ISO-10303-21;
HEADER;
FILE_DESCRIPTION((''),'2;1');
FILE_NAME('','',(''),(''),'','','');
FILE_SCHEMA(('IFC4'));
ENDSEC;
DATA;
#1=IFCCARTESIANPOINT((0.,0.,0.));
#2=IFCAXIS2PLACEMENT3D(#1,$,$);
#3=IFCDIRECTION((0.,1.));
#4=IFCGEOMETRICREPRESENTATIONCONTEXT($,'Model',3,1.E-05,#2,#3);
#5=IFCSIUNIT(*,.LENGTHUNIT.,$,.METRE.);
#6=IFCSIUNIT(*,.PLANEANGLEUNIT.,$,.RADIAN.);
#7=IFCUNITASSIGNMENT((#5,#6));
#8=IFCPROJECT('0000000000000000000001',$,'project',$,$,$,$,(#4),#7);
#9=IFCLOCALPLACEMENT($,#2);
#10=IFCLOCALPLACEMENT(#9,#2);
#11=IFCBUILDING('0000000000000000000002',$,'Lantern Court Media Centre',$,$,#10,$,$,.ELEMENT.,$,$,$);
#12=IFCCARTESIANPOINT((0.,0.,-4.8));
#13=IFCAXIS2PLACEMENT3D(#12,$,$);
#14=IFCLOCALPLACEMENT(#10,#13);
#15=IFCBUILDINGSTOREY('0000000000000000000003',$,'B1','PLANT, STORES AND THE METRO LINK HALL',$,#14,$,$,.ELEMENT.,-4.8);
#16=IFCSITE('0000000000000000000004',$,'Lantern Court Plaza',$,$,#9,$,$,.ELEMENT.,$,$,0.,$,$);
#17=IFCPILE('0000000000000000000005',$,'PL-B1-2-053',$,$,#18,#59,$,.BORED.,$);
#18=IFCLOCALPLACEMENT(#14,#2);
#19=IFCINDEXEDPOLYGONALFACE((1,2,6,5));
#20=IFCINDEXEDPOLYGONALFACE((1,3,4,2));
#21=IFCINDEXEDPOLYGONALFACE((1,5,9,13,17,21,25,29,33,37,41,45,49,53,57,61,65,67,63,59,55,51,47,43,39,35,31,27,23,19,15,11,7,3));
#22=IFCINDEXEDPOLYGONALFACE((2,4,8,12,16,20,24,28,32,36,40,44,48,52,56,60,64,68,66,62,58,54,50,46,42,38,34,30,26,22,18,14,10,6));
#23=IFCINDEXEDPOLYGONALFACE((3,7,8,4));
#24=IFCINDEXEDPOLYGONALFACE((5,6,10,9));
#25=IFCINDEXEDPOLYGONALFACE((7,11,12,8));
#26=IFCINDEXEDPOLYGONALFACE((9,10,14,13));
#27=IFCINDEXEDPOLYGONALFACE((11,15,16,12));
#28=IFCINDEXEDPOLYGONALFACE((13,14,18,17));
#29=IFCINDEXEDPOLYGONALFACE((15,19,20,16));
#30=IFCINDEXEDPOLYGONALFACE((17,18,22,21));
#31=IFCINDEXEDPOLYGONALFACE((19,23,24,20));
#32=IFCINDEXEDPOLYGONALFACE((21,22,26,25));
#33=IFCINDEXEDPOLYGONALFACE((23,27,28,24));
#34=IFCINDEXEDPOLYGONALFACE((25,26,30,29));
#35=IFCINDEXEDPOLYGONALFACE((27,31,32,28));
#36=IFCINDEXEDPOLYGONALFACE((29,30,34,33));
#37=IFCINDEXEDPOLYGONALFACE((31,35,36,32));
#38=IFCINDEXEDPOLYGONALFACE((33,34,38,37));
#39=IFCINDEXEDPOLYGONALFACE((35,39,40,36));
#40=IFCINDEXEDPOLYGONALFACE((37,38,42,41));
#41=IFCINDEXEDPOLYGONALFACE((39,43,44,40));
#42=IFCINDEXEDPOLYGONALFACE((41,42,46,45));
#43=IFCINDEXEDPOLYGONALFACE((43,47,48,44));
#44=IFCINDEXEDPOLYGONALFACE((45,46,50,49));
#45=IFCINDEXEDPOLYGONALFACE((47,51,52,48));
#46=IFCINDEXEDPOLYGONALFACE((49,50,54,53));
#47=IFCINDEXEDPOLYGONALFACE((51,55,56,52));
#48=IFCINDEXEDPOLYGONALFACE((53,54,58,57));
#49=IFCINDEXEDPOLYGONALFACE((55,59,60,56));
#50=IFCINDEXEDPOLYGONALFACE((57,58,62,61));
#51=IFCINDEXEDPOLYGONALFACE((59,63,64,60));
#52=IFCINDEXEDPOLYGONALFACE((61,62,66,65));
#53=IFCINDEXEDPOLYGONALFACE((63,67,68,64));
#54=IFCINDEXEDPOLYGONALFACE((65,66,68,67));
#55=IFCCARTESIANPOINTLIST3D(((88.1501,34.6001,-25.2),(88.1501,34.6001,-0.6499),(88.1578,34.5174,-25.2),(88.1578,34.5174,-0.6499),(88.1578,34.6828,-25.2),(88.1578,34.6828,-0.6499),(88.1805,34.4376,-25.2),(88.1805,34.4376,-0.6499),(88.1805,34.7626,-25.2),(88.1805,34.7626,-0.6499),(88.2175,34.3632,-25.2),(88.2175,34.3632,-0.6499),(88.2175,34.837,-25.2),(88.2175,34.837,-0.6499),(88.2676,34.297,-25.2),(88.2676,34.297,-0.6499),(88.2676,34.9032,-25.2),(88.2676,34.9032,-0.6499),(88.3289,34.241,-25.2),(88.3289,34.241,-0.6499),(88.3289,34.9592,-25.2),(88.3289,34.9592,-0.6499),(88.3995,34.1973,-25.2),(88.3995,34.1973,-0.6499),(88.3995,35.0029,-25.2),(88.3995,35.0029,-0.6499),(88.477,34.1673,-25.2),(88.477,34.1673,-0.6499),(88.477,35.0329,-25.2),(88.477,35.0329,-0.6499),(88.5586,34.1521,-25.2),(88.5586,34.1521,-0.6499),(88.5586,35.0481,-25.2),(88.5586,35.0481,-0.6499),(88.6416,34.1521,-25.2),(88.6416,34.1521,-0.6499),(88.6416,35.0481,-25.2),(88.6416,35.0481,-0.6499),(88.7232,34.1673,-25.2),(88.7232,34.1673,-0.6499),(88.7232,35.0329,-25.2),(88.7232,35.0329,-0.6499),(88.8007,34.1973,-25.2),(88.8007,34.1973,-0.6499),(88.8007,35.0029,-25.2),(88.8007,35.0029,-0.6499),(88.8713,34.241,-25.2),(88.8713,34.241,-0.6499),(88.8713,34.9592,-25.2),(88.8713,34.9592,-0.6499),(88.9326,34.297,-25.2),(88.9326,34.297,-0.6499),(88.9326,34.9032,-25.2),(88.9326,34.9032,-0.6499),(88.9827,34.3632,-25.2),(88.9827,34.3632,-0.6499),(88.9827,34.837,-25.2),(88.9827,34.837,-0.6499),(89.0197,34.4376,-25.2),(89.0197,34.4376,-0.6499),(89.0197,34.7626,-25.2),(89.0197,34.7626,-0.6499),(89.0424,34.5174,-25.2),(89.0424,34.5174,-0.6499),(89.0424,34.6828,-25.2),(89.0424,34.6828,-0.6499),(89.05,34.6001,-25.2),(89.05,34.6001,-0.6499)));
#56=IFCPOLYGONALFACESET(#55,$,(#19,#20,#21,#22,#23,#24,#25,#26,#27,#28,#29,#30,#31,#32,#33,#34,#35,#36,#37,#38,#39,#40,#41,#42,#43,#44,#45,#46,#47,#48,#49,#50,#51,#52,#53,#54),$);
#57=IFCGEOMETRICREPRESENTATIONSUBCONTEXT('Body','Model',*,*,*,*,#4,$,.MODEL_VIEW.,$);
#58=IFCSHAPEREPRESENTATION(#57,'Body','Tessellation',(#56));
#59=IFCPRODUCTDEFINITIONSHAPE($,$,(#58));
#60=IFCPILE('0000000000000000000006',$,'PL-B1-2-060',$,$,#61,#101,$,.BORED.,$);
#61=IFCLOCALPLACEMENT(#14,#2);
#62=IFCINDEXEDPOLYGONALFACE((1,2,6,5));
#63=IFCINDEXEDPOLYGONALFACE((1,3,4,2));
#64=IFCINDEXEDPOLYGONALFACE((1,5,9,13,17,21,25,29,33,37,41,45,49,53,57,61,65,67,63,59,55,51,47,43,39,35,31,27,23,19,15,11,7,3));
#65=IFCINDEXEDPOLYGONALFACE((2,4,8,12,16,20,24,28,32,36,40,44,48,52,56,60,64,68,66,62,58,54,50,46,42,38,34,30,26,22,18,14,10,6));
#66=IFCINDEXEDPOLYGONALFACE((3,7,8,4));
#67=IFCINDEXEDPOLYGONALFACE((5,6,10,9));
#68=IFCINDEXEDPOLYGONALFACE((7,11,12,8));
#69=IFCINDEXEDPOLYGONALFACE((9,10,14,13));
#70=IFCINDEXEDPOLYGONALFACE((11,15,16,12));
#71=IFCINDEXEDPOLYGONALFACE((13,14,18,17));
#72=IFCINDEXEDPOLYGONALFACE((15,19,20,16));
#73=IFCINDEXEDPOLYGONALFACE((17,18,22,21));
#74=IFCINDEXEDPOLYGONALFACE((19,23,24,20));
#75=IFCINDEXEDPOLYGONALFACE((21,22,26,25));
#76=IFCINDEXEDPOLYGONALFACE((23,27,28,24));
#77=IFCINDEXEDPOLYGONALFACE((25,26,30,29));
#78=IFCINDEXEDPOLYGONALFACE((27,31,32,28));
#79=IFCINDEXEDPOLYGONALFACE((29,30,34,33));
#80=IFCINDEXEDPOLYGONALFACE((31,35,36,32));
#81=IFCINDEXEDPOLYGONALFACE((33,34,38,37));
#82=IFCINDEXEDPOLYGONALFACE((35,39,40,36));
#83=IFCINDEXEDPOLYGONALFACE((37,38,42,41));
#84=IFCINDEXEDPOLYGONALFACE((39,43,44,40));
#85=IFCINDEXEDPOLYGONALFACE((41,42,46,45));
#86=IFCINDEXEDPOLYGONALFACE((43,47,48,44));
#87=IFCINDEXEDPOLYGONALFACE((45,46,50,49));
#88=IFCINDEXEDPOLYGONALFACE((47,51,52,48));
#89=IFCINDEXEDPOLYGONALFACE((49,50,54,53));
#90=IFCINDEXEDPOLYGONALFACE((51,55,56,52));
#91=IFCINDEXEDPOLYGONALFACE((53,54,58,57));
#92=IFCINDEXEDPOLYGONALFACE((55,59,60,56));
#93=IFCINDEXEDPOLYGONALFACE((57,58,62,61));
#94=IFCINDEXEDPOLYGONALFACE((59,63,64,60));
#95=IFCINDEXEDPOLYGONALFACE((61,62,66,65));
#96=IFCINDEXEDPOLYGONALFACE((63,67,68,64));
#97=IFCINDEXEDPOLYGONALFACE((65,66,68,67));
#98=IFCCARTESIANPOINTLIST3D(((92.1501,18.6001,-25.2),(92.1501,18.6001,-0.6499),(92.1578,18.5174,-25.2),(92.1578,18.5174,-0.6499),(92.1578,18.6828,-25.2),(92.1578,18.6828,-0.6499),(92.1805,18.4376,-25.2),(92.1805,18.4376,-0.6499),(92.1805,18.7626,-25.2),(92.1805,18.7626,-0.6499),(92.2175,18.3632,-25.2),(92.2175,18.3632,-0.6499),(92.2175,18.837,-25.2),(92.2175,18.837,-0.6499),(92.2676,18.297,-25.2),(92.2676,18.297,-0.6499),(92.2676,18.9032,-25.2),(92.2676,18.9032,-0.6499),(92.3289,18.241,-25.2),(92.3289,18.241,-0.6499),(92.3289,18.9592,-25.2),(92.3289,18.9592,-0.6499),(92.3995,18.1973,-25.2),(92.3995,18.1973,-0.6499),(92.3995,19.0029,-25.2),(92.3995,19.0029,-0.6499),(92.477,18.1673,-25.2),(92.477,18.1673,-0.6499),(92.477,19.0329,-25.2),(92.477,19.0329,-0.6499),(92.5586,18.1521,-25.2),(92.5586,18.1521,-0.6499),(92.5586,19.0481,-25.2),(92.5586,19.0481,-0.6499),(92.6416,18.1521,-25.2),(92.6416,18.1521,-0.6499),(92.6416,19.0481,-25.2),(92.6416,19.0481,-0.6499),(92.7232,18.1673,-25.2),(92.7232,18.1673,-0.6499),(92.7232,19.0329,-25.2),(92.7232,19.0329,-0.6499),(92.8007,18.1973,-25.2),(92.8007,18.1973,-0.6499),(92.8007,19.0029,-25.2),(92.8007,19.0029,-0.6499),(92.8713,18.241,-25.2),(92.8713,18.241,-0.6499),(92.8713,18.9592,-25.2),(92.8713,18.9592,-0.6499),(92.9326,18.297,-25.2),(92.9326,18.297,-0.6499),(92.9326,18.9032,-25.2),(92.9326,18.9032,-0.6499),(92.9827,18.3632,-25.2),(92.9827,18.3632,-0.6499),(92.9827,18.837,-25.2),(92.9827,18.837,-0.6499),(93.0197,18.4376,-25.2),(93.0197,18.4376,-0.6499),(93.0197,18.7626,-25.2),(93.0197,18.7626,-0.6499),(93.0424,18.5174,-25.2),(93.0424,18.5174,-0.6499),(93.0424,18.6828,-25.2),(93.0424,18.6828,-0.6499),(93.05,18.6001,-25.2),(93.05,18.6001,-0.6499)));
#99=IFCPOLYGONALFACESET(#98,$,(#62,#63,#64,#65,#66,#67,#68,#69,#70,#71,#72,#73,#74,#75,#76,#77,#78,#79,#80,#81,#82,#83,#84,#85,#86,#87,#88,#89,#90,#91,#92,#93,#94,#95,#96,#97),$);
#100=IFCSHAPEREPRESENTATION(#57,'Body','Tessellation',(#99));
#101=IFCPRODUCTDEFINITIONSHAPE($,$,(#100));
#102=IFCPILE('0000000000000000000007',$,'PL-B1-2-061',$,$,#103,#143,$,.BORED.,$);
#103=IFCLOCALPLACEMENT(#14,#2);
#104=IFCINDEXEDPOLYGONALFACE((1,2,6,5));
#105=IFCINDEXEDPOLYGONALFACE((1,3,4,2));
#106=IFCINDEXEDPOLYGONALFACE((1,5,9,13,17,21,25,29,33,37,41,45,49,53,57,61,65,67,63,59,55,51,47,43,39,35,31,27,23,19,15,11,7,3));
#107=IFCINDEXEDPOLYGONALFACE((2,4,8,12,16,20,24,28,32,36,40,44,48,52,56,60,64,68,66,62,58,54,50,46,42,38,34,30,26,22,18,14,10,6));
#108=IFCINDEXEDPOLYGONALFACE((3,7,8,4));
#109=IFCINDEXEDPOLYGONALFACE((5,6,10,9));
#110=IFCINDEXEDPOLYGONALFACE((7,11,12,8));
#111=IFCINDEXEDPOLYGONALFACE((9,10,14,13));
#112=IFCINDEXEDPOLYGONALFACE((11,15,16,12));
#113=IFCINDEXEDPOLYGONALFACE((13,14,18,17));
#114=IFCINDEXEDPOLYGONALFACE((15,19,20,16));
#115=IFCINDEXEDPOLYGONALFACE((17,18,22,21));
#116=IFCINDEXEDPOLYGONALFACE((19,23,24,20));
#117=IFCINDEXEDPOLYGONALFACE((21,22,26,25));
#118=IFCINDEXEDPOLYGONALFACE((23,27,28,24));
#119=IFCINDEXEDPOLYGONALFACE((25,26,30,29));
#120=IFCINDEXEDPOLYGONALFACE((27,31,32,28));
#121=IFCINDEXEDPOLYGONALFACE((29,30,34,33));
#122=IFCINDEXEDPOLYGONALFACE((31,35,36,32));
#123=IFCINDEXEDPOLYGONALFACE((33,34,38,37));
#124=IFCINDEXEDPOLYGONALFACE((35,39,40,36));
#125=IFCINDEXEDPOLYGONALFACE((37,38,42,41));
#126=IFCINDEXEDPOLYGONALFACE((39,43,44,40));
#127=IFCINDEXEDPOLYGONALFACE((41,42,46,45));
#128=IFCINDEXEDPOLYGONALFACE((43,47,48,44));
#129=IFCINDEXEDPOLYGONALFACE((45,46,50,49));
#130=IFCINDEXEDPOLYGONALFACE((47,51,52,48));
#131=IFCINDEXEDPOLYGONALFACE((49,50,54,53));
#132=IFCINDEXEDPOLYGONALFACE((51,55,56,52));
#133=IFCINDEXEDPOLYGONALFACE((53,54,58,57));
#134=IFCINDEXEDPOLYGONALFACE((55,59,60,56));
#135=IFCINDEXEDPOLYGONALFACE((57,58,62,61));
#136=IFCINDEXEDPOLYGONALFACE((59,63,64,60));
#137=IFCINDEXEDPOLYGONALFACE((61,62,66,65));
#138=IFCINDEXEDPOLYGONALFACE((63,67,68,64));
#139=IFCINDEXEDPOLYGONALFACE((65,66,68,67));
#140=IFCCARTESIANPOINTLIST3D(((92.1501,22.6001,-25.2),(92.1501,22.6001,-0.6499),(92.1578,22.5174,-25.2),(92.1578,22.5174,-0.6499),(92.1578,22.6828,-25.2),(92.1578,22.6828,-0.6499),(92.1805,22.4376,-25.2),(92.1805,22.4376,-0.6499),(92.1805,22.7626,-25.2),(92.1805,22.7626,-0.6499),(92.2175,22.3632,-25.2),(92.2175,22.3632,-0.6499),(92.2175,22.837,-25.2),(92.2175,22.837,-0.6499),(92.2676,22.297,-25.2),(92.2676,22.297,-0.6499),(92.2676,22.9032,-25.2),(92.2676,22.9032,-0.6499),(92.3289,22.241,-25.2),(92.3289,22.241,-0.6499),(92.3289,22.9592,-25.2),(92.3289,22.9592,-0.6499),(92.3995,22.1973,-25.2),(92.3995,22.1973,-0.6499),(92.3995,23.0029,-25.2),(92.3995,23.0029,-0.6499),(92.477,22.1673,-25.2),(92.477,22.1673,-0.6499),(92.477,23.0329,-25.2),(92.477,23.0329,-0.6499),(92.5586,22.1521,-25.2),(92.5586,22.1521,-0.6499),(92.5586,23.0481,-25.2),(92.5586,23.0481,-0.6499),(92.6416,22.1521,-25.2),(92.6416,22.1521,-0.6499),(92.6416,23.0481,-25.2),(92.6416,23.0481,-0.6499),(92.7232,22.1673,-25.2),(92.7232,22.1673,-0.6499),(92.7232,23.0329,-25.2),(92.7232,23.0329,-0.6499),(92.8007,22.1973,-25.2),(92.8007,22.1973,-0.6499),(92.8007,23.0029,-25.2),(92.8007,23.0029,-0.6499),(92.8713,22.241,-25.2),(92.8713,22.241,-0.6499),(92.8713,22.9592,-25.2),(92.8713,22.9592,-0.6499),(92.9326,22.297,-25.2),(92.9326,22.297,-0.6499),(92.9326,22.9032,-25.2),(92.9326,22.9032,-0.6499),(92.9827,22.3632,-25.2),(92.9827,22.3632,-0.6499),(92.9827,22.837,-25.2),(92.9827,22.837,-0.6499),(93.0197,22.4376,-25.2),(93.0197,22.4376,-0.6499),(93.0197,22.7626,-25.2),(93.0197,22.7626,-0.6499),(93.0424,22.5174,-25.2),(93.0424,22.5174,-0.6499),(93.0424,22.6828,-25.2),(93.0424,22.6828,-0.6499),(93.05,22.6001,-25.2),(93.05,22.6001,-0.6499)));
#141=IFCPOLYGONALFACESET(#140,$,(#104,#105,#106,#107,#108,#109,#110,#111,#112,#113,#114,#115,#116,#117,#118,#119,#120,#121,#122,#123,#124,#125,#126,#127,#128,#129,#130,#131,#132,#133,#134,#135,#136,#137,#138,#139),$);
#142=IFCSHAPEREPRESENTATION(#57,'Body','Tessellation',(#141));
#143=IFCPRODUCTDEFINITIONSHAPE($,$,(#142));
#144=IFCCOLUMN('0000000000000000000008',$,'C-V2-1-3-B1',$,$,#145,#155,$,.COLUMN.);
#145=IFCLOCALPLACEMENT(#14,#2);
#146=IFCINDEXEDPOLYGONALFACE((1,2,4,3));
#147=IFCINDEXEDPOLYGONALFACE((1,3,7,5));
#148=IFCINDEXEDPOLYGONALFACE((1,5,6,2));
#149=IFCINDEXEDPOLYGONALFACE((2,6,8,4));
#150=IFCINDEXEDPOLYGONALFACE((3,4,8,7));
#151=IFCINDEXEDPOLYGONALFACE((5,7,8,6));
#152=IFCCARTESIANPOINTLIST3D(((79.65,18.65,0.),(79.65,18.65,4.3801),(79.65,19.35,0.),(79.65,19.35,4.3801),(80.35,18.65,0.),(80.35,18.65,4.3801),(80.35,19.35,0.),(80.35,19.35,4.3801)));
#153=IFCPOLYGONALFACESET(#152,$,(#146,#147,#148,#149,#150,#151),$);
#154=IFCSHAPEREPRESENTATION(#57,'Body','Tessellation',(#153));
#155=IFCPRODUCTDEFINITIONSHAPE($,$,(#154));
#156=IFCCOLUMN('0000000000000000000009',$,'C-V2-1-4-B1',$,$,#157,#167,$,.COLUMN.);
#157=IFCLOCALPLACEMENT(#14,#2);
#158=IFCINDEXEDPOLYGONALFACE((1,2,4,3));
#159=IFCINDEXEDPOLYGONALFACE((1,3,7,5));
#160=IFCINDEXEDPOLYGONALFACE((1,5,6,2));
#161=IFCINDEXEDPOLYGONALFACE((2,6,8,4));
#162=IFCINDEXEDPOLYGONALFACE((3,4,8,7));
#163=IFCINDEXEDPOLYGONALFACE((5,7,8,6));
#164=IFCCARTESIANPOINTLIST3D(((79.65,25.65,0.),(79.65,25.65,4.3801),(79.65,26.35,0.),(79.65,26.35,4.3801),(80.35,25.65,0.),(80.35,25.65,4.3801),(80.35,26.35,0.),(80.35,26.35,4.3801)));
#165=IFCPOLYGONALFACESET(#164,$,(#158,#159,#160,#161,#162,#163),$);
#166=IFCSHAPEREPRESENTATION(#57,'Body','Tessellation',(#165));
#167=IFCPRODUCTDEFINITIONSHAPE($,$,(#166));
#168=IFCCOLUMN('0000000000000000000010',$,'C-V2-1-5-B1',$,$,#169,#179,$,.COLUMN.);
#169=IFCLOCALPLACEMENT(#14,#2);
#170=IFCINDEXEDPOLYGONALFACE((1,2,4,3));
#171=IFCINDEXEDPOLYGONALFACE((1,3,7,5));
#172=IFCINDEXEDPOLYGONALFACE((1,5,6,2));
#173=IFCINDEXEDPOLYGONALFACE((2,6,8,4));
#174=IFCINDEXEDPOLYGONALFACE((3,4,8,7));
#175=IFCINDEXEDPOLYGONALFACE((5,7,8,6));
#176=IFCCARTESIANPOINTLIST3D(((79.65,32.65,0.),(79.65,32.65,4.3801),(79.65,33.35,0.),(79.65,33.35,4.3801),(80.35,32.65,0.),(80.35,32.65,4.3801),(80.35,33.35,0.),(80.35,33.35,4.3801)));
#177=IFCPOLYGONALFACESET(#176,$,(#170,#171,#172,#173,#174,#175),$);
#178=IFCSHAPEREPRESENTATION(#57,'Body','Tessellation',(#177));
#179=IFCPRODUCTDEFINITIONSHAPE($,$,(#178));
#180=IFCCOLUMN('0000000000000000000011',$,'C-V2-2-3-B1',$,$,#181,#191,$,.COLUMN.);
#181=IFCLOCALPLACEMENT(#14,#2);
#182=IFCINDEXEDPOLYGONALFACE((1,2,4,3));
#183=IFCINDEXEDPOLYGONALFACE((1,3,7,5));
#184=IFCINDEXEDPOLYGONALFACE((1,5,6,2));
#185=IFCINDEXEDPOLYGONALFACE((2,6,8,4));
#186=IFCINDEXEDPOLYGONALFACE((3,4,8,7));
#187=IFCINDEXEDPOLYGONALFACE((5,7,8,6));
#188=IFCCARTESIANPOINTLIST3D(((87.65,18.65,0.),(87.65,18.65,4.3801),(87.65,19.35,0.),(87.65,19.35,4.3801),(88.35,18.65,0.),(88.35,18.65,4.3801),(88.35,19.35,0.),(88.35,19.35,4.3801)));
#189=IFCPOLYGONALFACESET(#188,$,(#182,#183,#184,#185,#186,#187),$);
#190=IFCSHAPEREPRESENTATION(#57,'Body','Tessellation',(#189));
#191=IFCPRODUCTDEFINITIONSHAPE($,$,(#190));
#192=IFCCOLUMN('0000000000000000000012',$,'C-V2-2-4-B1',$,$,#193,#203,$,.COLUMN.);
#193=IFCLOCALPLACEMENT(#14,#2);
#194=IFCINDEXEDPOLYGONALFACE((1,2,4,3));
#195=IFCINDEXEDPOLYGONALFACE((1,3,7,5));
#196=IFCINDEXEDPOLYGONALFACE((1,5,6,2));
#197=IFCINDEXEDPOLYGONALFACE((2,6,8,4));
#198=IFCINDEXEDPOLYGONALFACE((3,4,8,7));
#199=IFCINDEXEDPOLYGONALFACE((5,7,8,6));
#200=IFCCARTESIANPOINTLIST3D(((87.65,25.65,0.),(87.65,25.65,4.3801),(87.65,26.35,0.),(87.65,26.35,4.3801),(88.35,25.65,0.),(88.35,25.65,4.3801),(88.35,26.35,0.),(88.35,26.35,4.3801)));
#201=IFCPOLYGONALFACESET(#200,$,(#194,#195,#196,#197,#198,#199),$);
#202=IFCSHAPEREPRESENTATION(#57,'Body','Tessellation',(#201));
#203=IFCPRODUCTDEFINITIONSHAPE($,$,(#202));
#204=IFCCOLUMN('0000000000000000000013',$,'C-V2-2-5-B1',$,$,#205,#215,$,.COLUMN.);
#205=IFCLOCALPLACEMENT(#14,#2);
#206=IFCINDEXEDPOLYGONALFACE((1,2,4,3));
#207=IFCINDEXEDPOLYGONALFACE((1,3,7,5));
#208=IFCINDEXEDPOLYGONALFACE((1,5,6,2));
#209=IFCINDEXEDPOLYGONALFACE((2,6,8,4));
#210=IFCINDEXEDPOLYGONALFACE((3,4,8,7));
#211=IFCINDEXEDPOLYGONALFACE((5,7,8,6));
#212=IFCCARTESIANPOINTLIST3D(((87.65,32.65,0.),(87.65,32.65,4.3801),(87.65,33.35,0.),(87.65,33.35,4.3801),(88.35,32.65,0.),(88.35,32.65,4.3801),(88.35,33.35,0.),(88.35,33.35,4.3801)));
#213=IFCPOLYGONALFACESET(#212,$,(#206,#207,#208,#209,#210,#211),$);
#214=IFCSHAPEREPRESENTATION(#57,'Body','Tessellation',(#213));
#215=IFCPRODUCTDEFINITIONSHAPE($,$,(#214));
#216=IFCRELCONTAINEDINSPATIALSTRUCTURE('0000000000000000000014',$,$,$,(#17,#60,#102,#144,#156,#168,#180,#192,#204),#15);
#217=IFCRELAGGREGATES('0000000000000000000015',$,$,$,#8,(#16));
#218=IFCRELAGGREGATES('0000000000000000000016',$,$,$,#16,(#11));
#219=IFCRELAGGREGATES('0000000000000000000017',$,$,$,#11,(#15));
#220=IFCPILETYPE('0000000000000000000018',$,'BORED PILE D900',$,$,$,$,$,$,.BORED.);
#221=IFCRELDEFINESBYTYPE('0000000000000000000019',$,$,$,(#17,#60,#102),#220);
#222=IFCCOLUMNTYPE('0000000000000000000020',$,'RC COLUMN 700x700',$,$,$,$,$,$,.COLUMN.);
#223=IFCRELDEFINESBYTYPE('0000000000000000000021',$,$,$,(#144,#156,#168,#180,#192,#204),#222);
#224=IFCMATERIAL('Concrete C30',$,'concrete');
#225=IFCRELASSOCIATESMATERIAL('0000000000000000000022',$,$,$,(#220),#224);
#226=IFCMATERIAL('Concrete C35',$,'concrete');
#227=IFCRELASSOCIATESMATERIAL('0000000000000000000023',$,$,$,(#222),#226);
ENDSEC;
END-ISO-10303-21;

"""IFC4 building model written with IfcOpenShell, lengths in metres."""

from ifc_helpers import new_model, si_unit, direction, frame, origin, origin_2d, place, context, subcontext, project, spatial, rectangle, circle, extrude, material, material_profile, profile_set, type_object, element, save


model = new_model("IFC4")

# Units and contexts
model_context = context("Model", 3, precision=1e-05, world=origin(), true_north=direction((0.0, 1.0)))
body_context = subcontext(model_context, "Body", "Model", "MODEL_VIEW")
ifc_project = project(units=[si_unit("LENGTHUNIT", "METRE"), si_unit("PLANEANGLEUNIT", "RADIAN")], contexts=[model_context])

# Site, building, storey
site_placement = place(None, origin())
site = spatial("IfcSite", under=ifc_project, at=site_placement, Name="Lantern Court Plaza", CompositionType="ELEMENT", RefElevation=0.0)
building_placement = place(site_placement, origin())
building = spatial("IfcBuilding", under=site, at=building_placement, Name="Lantern Court Media Centre", CompositionType="ELEMENT")
storey_placement = place(building_placement, frame((0.0, 0.0, -4.8)))
storey = spatial("IfcBuildingStorey", under=building, at=storey_placement, Name="B1", Description="PLANT, STORES AND THE METRO LINK HALL", CompositionType="ELEMENT", Elevation=-4.8)

# Piles
ifc_material_1 = material(Name="Concrete C30", Category="concrete")
ifc_material_profile_1 = material_profile(ifc_material_1, circle(Radius=0.45, at=origin_2d()), Name="D900")
ifc_profile_set_1 = profile_set([ifc_material_profile_1], Name="Concrete C30")
pile_type = type_object("IfcPileType", Name="BORED PILE D900", PredefinedType="BORED", material=ifc_profile_set_1)
for number, where, z_axis, x_axis, name in (
    (1, (88.6001, 34.6001, -0.6499), (0.0, 0.0, -1.0), (1.0, 0.0, 0.0), "PL-B1-2-053"),
    (2, (92.6001, 18.6001, -0.6499), (0.0, 0.0, -1.0), (1.0, 0.0, 0.0), "PL-B1-2-060"),
    (3, (92.6001, 22.6001, -0.6499), (0.0, 0.0, -1.0), (1.0, 0.0, 0.0), "PL-B1-2-061"),
):
    element("IfcPile", number, at=place(storey_placement, frame(where, z_axis=z_axis, x_axis=x_axis)), inside=storey, type_object=pile_type, Name=name, PredefinedType="BORED", context=body_context, shape_type="SweptSolid", body=[
        extrude(circle(Radius=0.45, at=origin_2d()), origin(), (0.0, 0.0, 1.0), 24.55),
    ])

# Columns
ifc_material_2 = material(Name="Concrete C35", Category="concrete")
ifc_material_profile_2 = material_profile(ifc_material_2, rectangle(XDim=0.7, YDim=0.7, at=origin_2d()), Name="RC 700x700")
ifc_profile_set_2 = profile_set([ifc_material_profile_2], Name="Concrete C35")
column_type = type_object("IfcColumnType", Name="RC COLUMN 700x700", PredefinedType="COLUMN", material=ifc_profile_set_2)
for number, where, z_axis, x_axis, name in (
    (4, (80.0, 19.0, 0.0), (0.0, 0.0, 1.0), (1.0, 0.0, 0.0), "C-V2-1-3-B1"),
    (5, (80.0, 26.0, 0.0), (0.0, 0.0, 1.0), (1.0, 0.0, 0.0), "C-V2-1-4-B1"),
    (6, (80.0, 33.0, 0.0), (0.0, 0.0, 1.0), (1.0, 0.0, 0.0), "C-V2-1-5-B1"),
    (7, (88.0, 19.0, 0.0), (0.0, 0.0, 1.0), (1.0, 0.0, 0.0), "C-V2-2-3-B1"),
    (8, (88.0, 26.0, 0.0), (0.0, 0.0, 1.0), (1.0, 0.0, 0.0), "C-V2-2-4-B1"),
    (9, (88.0, 33.0, 0.0), (0.0, 0.0, 1.0), (1.0, 0.0, 0.0), "C-V2-2-5-B1"),
):
    element("IfcColumn", number, at=place(storey_placement, frame(where, z_axis=z_axis, x_axis=x_axis)), inside=storey, type_object=column_type, Name=name, PredefinedType="COLUMN", context=body_context, shape_type="SweptSolid", body=[
        extrude(rectangle(XDim=0.7, YDim=0.7, at=origin_2d()), origin(), (0.0, 0.0, 1.0), 4.3801),
    ])

save(model, "model.ifc")
